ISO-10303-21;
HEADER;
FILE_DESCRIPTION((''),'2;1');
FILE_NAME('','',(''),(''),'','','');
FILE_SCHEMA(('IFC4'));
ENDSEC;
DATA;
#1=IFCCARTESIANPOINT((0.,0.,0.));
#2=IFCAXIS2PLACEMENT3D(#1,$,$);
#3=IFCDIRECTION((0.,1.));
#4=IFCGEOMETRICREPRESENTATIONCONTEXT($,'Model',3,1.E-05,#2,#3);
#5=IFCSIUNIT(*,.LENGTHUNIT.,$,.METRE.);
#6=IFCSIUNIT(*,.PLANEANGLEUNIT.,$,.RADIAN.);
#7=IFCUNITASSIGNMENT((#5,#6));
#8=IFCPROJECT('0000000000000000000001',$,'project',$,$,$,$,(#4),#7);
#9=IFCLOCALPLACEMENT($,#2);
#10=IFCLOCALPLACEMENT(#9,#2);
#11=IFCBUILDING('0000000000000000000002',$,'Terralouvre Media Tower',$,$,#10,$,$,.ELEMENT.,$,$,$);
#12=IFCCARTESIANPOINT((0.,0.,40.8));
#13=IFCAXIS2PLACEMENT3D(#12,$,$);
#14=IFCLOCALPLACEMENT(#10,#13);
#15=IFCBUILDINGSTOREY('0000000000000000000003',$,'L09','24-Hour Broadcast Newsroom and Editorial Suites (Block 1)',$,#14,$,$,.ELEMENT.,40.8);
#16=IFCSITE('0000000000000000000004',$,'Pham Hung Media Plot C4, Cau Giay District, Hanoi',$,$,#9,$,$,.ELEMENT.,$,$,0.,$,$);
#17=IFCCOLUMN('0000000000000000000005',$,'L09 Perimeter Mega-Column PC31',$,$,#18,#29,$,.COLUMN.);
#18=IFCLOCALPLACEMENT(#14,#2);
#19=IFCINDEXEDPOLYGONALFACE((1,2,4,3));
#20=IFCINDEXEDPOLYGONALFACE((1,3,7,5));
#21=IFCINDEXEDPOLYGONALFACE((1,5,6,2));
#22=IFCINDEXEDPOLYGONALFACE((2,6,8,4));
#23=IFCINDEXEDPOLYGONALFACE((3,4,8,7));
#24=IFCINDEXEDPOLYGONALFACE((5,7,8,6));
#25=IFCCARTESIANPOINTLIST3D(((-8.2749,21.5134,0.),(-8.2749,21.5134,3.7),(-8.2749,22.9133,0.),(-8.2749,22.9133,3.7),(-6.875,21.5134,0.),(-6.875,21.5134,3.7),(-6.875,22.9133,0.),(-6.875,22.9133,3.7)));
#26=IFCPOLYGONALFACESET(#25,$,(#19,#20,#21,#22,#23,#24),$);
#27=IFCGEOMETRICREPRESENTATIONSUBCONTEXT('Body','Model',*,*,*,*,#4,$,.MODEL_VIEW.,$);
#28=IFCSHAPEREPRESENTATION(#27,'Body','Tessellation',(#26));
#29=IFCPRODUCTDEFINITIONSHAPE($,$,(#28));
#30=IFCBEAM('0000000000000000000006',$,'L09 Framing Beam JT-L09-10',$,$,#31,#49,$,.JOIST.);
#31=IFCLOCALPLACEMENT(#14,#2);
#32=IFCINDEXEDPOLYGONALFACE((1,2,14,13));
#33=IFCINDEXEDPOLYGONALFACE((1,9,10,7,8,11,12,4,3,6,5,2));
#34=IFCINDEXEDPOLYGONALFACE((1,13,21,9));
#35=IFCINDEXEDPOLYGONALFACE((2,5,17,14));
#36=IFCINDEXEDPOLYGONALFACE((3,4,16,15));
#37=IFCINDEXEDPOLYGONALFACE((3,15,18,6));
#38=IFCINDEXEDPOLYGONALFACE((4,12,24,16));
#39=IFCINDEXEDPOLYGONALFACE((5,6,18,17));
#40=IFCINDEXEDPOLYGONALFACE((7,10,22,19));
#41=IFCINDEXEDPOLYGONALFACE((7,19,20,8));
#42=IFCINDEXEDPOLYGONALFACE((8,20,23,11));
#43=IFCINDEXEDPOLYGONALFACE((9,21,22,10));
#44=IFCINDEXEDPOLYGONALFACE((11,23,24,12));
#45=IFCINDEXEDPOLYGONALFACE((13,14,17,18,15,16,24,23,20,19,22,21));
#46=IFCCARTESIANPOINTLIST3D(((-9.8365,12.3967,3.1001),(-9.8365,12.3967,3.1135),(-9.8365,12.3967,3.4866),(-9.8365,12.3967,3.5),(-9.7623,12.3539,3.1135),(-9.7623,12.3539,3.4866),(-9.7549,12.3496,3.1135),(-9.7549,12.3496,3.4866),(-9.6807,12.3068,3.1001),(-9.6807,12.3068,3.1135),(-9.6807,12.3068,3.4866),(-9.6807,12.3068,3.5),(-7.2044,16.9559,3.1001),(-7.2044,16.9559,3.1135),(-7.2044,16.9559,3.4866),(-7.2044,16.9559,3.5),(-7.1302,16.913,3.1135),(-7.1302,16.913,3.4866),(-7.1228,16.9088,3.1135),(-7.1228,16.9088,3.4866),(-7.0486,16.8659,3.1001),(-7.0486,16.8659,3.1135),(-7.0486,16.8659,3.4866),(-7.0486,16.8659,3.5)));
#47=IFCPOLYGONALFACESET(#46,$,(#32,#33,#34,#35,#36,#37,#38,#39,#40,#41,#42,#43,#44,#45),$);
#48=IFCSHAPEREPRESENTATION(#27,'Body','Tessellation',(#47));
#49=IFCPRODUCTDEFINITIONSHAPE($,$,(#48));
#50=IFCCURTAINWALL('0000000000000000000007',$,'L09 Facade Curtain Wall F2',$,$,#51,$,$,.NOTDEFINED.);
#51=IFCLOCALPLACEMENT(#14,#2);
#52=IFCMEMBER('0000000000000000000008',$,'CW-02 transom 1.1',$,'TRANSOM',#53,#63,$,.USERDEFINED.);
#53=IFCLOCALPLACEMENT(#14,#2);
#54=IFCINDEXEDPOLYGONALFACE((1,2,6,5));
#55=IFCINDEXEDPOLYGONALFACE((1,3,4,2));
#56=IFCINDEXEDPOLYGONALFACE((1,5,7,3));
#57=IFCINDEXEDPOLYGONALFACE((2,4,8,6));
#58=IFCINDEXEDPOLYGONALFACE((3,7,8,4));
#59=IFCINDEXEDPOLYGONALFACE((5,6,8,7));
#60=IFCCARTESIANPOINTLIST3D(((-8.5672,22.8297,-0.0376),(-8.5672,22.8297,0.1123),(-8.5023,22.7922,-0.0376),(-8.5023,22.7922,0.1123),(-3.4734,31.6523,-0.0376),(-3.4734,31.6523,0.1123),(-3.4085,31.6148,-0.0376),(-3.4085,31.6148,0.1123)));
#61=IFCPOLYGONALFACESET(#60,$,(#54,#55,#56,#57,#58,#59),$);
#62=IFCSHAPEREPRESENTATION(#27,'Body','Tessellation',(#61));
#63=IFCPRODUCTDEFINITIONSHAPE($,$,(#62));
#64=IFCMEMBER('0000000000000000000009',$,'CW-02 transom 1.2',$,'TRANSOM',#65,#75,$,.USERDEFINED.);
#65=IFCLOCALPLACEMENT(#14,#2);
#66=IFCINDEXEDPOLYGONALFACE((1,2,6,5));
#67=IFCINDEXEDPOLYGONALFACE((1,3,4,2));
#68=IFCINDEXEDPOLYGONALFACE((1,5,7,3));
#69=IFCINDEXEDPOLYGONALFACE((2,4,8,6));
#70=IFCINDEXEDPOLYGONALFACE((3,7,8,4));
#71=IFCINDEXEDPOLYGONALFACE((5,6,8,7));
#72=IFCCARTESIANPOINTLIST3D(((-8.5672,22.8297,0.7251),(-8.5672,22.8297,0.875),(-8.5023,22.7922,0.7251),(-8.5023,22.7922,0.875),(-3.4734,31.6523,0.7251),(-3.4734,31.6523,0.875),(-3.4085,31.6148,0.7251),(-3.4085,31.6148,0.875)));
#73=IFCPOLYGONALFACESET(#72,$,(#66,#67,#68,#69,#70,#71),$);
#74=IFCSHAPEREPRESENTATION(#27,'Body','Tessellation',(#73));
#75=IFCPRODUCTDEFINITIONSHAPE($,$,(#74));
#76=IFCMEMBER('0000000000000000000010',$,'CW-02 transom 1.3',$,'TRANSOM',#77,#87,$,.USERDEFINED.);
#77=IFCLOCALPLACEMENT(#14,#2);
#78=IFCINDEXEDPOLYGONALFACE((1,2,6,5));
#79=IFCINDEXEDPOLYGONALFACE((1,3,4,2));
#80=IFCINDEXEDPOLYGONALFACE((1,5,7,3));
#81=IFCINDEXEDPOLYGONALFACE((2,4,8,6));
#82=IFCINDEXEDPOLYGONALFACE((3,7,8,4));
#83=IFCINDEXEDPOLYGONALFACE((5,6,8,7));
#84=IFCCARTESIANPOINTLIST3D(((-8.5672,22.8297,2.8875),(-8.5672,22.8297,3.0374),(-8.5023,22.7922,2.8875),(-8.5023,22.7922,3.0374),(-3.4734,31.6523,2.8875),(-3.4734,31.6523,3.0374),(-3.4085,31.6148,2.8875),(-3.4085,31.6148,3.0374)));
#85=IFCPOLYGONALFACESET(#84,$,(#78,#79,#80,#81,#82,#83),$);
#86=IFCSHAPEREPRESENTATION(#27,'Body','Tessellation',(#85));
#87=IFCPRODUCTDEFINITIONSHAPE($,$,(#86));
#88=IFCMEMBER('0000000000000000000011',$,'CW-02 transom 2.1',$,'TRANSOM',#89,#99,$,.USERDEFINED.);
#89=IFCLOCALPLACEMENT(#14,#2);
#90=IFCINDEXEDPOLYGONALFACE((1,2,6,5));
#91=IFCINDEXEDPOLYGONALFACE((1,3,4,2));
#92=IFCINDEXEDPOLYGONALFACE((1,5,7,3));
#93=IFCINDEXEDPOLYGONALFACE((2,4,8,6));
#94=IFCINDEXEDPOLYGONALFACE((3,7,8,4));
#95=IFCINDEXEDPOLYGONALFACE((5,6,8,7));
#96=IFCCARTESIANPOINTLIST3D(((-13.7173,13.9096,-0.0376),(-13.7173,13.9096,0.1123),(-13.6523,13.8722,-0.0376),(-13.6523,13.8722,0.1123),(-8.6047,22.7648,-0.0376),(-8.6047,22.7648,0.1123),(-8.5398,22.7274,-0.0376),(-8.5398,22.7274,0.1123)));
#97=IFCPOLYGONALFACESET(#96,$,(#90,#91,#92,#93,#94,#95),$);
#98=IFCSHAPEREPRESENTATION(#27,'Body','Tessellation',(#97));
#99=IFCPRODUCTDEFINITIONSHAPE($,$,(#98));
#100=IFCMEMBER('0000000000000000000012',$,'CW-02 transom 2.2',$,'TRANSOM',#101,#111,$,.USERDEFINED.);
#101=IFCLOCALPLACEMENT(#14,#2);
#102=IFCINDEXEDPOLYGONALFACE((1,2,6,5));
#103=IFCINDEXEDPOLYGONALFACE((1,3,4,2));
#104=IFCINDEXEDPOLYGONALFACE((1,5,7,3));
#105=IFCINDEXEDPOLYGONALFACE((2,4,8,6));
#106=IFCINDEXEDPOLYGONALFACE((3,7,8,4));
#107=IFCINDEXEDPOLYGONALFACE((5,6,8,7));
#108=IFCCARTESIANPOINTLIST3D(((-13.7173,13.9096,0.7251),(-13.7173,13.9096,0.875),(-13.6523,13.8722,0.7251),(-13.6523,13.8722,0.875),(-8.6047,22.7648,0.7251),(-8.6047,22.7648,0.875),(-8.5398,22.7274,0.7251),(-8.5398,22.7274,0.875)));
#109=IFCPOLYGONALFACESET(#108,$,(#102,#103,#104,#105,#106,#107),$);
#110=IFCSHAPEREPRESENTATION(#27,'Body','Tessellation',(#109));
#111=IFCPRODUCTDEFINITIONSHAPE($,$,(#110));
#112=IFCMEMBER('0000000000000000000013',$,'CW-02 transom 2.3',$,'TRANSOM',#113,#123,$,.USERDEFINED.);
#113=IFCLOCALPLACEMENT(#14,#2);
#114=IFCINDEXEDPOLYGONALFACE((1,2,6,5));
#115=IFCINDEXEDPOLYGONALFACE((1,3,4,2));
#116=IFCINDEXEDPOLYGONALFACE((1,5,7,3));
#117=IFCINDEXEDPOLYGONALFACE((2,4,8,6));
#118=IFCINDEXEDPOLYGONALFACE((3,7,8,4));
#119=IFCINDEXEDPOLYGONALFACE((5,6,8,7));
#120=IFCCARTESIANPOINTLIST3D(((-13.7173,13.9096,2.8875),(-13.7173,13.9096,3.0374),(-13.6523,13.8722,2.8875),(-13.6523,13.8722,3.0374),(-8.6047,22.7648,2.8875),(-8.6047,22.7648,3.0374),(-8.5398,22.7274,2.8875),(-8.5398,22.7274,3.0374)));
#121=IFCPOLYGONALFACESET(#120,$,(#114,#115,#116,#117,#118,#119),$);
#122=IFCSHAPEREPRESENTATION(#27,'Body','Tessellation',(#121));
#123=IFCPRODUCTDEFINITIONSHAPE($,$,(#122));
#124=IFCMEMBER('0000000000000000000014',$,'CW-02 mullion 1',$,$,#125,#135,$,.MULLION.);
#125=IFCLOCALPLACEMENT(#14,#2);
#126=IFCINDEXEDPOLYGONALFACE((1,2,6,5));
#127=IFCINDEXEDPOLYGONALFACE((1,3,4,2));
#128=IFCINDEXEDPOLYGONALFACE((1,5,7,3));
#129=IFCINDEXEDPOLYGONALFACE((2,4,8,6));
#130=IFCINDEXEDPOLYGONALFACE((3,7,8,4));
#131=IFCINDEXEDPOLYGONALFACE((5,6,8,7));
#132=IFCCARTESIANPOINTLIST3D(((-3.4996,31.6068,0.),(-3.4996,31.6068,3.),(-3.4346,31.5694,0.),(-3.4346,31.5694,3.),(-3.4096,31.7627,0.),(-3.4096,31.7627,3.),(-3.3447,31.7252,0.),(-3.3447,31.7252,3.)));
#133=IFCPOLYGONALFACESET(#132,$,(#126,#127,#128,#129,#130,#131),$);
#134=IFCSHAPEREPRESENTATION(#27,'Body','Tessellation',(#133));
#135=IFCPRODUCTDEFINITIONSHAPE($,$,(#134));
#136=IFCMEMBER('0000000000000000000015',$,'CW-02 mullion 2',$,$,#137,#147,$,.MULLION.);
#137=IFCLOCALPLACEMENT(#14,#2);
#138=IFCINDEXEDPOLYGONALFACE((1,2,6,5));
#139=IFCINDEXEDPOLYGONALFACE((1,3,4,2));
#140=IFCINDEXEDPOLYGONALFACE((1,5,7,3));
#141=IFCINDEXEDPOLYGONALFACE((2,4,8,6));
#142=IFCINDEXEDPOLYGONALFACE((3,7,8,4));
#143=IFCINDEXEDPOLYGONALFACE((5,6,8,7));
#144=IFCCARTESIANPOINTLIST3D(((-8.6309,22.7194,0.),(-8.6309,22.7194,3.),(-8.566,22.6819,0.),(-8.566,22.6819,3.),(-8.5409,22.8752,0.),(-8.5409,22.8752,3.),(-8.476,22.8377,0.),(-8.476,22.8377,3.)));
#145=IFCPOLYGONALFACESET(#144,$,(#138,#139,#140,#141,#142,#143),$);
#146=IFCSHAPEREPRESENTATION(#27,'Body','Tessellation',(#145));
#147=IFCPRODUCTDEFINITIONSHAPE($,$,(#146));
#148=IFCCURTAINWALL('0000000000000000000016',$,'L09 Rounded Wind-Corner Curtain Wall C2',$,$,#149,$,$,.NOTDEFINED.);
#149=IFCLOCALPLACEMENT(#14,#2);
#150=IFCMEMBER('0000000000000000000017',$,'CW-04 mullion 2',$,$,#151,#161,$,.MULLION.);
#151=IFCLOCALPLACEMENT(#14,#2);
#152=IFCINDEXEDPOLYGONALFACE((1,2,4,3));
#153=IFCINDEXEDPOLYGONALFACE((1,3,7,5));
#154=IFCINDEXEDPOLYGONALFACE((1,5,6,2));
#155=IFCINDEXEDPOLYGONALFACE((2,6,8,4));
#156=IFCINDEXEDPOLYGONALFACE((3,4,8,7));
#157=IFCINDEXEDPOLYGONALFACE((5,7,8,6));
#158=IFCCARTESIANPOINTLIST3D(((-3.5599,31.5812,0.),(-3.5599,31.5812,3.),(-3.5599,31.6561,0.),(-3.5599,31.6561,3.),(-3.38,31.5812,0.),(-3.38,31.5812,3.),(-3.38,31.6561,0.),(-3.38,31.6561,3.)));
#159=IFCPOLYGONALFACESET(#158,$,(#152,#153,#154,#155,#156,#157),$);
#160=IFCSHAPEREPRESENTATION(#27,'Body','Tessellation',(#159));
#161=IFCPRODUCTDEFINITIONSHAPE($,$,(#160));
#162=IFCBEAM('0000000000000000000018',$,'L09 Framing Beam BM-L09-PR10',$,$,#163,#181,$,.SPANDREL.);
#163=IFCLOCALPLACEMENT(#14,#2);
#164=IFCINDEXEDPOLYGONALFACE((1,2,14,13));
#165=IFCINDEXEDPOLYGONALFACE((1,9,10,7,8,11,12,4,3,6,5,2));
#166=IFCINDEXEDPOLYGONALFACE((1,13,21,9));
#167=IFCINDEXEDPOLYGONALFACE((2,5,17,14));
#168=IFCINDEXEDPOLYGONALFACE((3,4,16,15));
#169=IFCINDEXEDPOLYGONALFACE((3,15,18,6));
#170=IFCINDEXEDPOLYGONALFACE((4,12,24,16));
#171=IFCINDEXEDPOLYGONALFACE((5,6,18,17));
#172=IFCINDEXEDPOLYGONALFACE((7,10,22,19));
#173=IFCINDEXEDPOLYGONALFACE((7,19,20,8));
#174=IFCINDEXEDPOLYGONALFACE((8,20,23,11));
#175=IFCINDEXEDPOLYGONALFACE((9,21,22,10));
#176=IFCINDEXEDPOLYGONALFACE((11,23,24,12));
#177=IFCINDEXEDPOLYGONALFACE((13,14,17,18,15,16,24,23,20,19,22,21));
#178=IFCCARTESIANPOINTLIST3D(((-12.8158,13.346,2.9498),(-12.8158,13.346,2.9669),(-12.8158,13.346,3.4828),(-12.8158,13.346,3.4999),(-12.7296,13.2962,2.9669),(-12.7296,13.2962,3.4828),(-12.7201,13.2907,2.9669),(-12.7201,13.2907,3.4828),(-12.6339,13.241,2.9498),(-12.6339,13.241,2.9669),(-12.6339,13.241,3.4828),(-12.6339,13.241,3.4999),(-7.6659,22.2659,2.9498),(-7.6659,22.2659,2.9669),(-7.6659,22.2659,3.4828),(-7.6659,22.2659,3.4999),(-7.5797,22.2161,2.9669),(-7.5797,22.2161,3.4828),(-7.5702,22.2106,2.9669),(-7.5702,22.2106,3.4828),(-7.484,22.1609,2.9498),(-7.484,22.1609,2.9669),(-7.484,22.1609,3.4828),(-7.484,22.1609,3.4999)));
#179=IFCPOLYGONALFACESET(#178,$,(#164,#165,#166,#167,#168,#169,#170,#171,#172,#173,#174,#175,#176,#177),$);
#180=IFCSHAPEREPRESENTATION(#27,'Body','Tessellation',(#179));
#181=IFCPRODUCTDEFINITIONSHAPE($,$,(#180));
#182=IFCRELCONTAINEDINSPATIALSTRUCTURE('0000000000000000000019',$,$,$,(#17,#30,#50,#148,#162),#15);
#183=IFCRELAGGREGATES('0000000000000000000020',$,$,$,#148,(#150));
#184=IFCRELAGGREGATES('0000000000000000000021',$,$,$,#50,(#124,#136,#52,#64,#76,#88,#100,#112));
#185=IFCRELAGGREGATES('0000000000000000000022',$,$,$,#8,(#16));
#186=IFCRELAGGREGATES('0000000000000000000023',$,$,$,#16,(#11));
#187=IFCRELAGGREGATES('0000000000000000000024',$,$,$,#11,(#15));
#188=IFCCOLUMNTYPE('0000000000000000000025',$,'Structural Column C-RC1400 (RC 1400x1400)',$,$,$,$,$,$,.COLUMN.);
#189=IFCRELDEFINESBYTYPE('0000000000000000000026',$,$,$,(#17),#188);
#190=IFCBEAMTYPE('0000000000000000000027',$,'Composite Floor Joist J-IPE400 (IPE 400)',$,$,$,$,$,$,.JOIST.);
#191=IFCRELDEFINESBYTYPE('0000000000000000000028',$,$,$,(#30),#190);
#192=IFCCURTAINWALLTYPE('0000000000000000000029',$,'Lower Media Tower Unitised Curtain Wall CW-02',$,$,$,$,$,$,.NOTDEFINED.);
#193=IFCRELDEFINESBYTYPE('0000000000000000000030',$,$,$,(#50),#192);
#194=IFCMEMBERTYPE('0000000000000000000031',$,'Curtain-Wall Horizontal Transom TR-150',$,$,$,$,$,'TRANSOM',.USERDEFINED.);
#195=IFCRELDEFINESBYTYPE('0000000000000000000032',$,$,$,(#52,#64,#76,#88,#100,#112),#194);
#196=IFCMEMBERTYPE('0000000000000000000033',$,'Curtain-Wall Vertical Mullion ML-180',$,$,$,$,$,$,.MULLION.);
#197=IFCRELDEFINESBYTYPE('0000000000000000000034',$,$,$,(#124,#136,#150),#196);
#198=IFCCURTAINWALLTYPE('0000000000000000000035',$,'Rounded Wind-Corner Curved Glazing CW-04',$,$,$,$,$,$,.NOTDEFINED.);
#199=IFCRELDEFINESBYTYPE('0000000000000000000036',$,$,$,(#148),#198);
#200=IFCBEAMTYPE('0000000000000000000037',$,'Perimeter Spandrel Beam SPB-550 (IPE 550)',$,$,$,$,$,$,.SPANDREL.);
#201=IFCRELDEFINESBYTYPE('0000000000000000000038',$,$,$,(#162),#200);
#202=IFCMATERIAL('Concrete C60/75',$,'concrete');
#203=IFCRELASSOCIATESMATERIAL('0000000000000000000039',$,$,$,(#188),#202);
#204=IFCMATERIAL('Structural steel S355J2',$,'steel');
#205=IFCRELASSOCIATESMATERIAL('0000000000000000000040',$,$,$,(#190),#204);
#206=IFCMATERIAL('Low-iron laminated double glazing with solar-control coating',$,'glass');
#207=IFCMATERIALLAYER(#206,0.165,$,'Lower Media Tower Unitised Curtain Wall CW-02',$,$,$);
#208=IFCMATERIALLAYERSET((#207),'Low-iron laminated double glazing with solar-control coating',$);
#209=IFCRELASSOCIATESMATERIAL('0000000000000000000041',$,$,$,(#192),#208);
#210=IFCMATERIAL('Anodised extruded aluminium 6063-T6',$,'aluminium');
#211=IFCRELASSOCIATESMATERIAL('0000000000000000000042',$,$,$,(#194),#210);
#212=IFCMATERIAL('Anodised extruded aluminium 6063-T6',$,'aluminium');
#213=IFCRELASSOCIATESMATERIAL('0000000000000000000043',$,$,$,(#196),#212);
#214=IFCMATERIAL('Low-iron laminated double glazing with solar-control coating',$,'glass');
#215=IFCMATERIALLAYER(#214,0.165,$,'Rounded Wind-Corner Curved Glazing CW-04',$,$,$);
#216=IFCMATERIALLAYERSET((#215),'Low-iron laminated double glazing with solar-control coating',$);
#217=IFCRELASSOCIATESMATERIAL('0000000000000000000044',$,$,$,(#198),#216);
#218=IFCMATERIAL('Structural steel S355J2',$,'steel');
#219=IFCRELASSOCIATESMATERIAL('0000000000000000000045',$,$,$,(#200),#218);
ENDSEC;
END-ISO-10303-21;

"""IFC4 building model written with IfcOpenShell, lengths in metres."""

from ifc_helpers import new_model, si_unit, direction, frame, origin, origin_2d, place, context, subcontext, project, spatial, rectangle, i_section, extrude, material, layer, layer_set, material_profile, profile_set, type_object, element, aggregate, save


model = new_model("IFC4")

# Units and contexts
model_context = context("Model", 3, precision=1e-05, world=origin(), true_north=direction((0.0, 1.0)))
body_context = subcontext(model_context, "Body", "Model", "MODEL_VIEW")
ifc_project = project(units=[si_unit("LENGTHUNIT", "METRE"), si_unit("PLANEANGLEUNIT", "RADIAN")], contexts=[model_context])

# Site, building, storey
site_placement = place(None, origin())
site = spatial("IfcSite", under=ifc_project, at=site_placement, Name="Pham Hung Media Plot C4, Cau Giay District, Hanoi", CompositionType="ELEMENT", RefElevation=0.0)
building_placement = place(site_placement, origin())
building = spatial("IfcBuilding", under=site, at=building_placement, Name="Terralouvre Media Tower", CompositionType="ELEMENT")
storey_placement = place(building_placement, frame((0.0, 0.0, 40.8)))
storey = spatial("IfcBuildingStorey", under=building, at=storey_placement, Name="L09", Description="24-Hour Broadcast Newsroom and Editorial Suites (Block 1)", CompositionType="ELEMENT", Elevation=40.8)

# Column
ifc_material_1 = material(Name="Concrete C60/75", Category="concrete")
ifc_material_profile_1 = material_profile(ifc_material_1, rectangle(XDim=1.3999, YDim=1.3999, at=origin_2d()), Name="RC 1400x1400")
ifc_profile_set_1 = profile_set([ifc_material_profile_1], Name="Concrete C60/75")
column_type = type_object("IfcColumnType", Name="Structural Column C-RC1400 (RC 1400x1400)", PredefinedType="COLUMN", material=ifc_profile_set_1)
column_placement = place(storey_placement, frame((-7.575, 22.2134, 0.0), z_axis=(0.0, 0.0, 1.0), x_axis=(1.0, 0.0, 0.0)))
element("IfcColumn", 1, at=column_placement, inside=storey, type_object=column_type, Name="L09 Perimeter Mega-Column PC31", PredefinedType="COLUMN", context=body_context, shape_type="SweptSolid", body=[
    extrude(rectangle(XDim=1.3999, YDim=1.3999, at=origin_2d()), origin(), (0.0, 0.0, 1.0), 3.7),
])

# Beam
ifc_material_2 = material(Name="Structural steel S355J2", Category="steel")
ifc_material_profile_2 = material_profile(ifc_material_2, i_section(OverallWidth=0.1799, OverallDepth=0.3999, WebThickness=0.0085, FlangeThickness=0.0134, at=origin_2d()), Name="IPE 400")
ifc_profile_set_2 = profile_set([ifc_material_profile_2], Name="Structural steel S355J2")
beam_type_1 = type_object("IfcBeamType", Name="Composite Floor Joist J-IPE400 (IPE 400)", PredefinedType="JOIST", material=ifc_profile_set_2)
beam_1_placement = place(storey_placement, frame((-7.1265, 16.9109, 3.3), z_axis=(-0.499985, -0.866034, 0.0), x_axis=(0.866034, -0.499985, 0.0)))
element("IfcBeam", 2, at=beam_1_placement, inside=storey, type_object=beam_type_1, Name="L09 Framing Beam JT-L09-10", PredefinedType="JOIST", context=body_context, shape_type="SweptSolid", body=[
    extrude(i_section(OverallWidth=0.1799, OverallDepth=0.3999, WebThickness=0.0085, FlangeThickness=0.0134, at=origin_2d()), origin(), (0.0, 0.0, 1.0), 5.2644),
])

# Curtain wall, members
ifc_material_3 = material(Name="Low-iron laminated double glazing with solar-control coating", Category="glass")
ifc_layer_1 = layer(ifc_material_3, 0.165, Name="Lower Media Tower Unitised Curtain Wall CW-02")
ifc_layer_set_1 = layer_set([ifc_layer_1], Name="Low-iron laminated double glazing with solar-control coating")
curtain_wall_type_1 = type_object("IfcCurtainWallType", Name="Lower Media Tower Unitised Curtain Wall CW-02", PredefinedType="NOTDEFINED", material=ifc_layer_set_1)
curtain_wall_1_placement = place(storey_placement, origin())
curtain_wall_1 = element("IfcCurtainWall", 3, at=curtain_wall_1_placement, inside=storey, type_object=curtain_wall_type_1, Name="L09 Facade Curtain Wall F2", PredefinedType="NOTDEFINED")
ifc_material_4 = material(Name="Anodised extruded aluminium 6063-T6", Category="aluminium")
ifc_material_profile_3 = material_profile(ifc_material_4, rectangle(XDim=0.075, YDim=0.1499, at=origin_2d()), Name="ALU 75x150")
ifc_profile_set_3 = profile_set([ifc_material_profile_3], Name="Anodised extruded aluminium 6063-T6")
member_type_1 = type_object("IfcMemberType", Name="Curtain-Wall Horizontal Transom TR-150", ElementType="TRANSOM", PredefinedType="USERDEFINED", material=ifc_profile_set_3)
member_1_placement = place(storey_placement, frame((-3.4409, 31.6335, 0.0374), z_axis=(-0.500005, -0.866022, 0.0), x_axis=(0.866022, -0.500005, 0.0)))
member_1 = element("IfcMember", 4, at=member_1_placement, type_object=member_type_1, Name="CW-02 transom 1.1", ObjectType="TRANSOM", PredefinedType="USERDEFINED", context=body_context, shape_type="SweptSolid", body=[
    extrude(rectangle(XDim=0.075, YDim=0.1499, at=origin_2d()), origin(), (0.0, 0.0, 1.0), 10.1875),
])
member_2_placement = place(storey_placement, frame((-3.4409, 31.6335, 0.8), z_axis=(-0.500005, -0.866022, 0.0), x_axis=(0.866022, -0.500005, 0.0)))
member_2 = element("IfcMember", 5, at=member_2_placement, type_object=member_type_1, Name="CW-02 transom 1.2", ObjectType="TRANSOM", PredefinedType="USERDEFINED", context=body_context, shape_type="SweptSolid", body=[
    extrude(rectangle(XDim=0.075, YDim=0.1499, at=origin_2d()), origin(), (0.0, 0.0, 1.0), 10.1875),
])
member_3_placement = place(storey_placement, frame((-3.4409, 31.6335, 2.9624), z_axis=(-0.500005, -0.866022, 0.0), x_axis=(0.866022, -0.500005, 0.0)))
member_3 = element("IfcMember", 6, at=member_3_placement, type_object=member_type_1, Name="CW-02 transom 1.3", ObjectType="TRANSOM", PredefinedType="USERDEFINED", context=body_context, shape_type="SweptSolid", body=[
    extrude(rectangle(XDim=0.075, YDim=0.1499, at=origin_2d()), origin(), (0.0, 0.0, 1.0), 10.1875),
])
member_4_placement = place(storey_placement, frame((-8.5723, 22.7461, 0.0374), z_axis=(-0.499999, -0.866026, 0.0), x_axis=(0.866026, -0.499999, 0.0)))
member_4 = element("IfcMember", 7, at=member_4_placement, type_object=member_type_1, Name="CW-02 transom 2.1", ObjectType="TRANSOM", PredefinedType="USERDEFINED", context=body_context, shape_type="SweptSolid", body=[
    extrude(rectangle(XDim=0.075, YDim=0.1499, at=origin_2d()), origin(), (0.0, 0.0, 1.0), 10.2251),
])
member_5_placement = place(storey_placement, frame((-8.5723, 22.7461, 0.8), z_axis=(-0.499999, -0.866026, 0.0), x_axis=(0.866026, -0.499999, 0.0)))
member_5 = element("IfcMember", 8, at=member_5_placement, type_object=member_type_1, Name="CW-02 transom 2.2", ObjectType="TRANSOM", PredefinedType="USERDEFINED", context=body_context, shape_type="SweptSolid", body=[
    extrude(rectangle(XDim=0.075, YDim=0.1499, at=origin_2d()), origin(), (0.0, 0.0, 1.0), 10.2251),
])
member_6_placement = place(storey_placement, frame((-8.5723, 22.7461, 2.9624), z_axis=(-0.499999, -0.866026, 0.0), x_axis=(0.866026, -0.499999, 0.0)))
member_6 = element("IfcMember", 9, at=member_6_placement, type_object=member_type_1, Name="CW-02 transom 2.3", ObjectType="TRANSOM", PredefinedType="USERDEFINED", context=body_context, shape_type="SweptSolid", body=[
    extrude(rectangle(XDim=0.075, YDim=0.1499, at=origin_2d()), origin(), (0.0, 0.0, 1.0), 10.2251),
])
ifc_material_5 = material(Name="Anodised extruded aluminium 6063-T6", Category="aluminium")
ifc_material_profile_4 = material_profile(ifc_material_5, rectangle(XDim=0.075, YDim=0.1799, at=origin_2d()), Name="ALU 75x180")
ifc_profile_set_4 = profile_set([ifc_material_profile_4], Name="Anodised extruded aluminium 6063-T6")
member_type_2 = type_object("IfcMemberType", Name="Curtain-Wall Vertical Mullion ML-180", PredefinedType="MULLION", material=ifc_profile_set_4)
member_7_placement = place(storey_placement, frame((-3.4221, 31.666, 0.0), z_axis=(0.0, 0.0, 1.0), x_axis=(0.866025, -0.5, 0.0)))
member_7 = element("IfcMember", 10, at=member_7_placement, type_object=member_type_2, Name="CW-02 mullion 1", PredefinedType="MULLION", context=body_context, shape_type="SweptSolid", body=[
    extrude(rectangle(XDim=0.075, YDim=0.1799, at=origin_2d()), origin(), (0.0, 0.0, 1.0), 3.0),
])
member_8_placement = place(storey_placement, frame((-8.5535, 22.7786, 0.0), z_axis=(0.0, 0.0, 1.0), x_axis=(0.866025, -0.5, 0.0)))
member_8 = element("IfcMember", 11, at=member_8_placement, type_object=member_type_2, Name="CW-02 mullion 2", PredefinedType="MULLION", context=body_context, shape_type="SweptSolid", body=[
    extrude(rectangle(XDim=0.075, YDim=0.1799, at=origin_2d()), origin(), (0.0, 0.0, 1.0), 3.0),
])

# Curtain wall, member
ifc_material_6 = material(Name="Low-iron laminated double glazing with solar-control coating", Category="glass")
ifc_layer_2 = layer(ifc_material_6, 0.165, Name="Rounded Wind-Corner Curved Glazing CW-04")
ifc_layer_set_2 = layer_set([ifc_layer_2], Name="Low-iron laminated double glazing with solar-control coating")
curtain_wall_type_2 = type_object("IfcCurtainWallType", Name="Rounded Wind-Corner Curved Glazing CW-04", PredefinedType="NOTDEFINED", material=ifc_layer_set_2)
curtain_wall_2_placement = place(storey_placement, origin())
curtain_wall_2 = element("IfcCurtainWall", 12, at=curtain_wall_2_placement, inside=storey, type_object=curtain_wall_type_2, Name="L09 Rounded Wind-Corner Curtain Wall C2", PredefinedType="NOTDEFINED")
member_9_placement = place(storey_placement, frame((-3.47, 31.6187, 0.0), z_axis=(0.0, 0.0, 1.0), x_axis=(0.0, -1.0, 0.0)))
member_9 = element("IfcMember", 13, at=member_9_placement, type_object=member_type_2, Name="CW-04 mullion 2", PredefinedType="MULLION", context=body_context, shape_type="SweptSolid", body=[
    extrude(rectangle(XDim=0.075, YDim=0.1799, at=origin_2d()), origin(), (0.0, 0.0, 1.0), 3.0),
])

# Beam
ifc_material_7 = material(Name="Structural steel S355J2", Category="steel")
ifc_material_profile_5 = material_profile(ifc_material_7, i_section(OverallWidth=0.21, OverallDepth=0.55, WebThickness=0.011, FlangeThickness=0.0171, at=origin_2d()), Name="IPE 550")
ifc_profile_set_5 = profile_set([ifc_material_profile_5], Name="Structural steel S355J2")
beam_type_2 = type_object("IfcBeamType", Name="Perimeter Spandrel Beam SPB-550 (IPE 550)", PredefinedType="SPANDREL", material=ifc_profile_set_5)
beam_2_placement = place(storey_placement, frame((-7.575, 22.2134, 3.2249), z_axis=(-0.499999, -0.866026, 0.0), x_axis=(0.866026, -0.499999, 0.0)))
element("IfcBeam", 14, at=beam_2_placement, inside=storey, type_object=beam_type_2, Name="L09 Framing Beam BM-L09-PR10", PredefinedType="SPANDREL", context=body_context, shape_type="SweptSolid", body=[
    extrude(i_section(OverallWidth=0.21, OverallDepth=0.55, WebThickness=0.011, FlangeThickness=0.0171, at=origin_2d()), origin(), (0.0, 0.0, 1.0), 10.2998),
])

aggregate(curtain_wall_2, [member_9])
aggregate(curtain_wall_1, [member_7, member_8, member_1, member_2, member_3, member_4, member_5, member_6])

save(model, "model.ifc")
